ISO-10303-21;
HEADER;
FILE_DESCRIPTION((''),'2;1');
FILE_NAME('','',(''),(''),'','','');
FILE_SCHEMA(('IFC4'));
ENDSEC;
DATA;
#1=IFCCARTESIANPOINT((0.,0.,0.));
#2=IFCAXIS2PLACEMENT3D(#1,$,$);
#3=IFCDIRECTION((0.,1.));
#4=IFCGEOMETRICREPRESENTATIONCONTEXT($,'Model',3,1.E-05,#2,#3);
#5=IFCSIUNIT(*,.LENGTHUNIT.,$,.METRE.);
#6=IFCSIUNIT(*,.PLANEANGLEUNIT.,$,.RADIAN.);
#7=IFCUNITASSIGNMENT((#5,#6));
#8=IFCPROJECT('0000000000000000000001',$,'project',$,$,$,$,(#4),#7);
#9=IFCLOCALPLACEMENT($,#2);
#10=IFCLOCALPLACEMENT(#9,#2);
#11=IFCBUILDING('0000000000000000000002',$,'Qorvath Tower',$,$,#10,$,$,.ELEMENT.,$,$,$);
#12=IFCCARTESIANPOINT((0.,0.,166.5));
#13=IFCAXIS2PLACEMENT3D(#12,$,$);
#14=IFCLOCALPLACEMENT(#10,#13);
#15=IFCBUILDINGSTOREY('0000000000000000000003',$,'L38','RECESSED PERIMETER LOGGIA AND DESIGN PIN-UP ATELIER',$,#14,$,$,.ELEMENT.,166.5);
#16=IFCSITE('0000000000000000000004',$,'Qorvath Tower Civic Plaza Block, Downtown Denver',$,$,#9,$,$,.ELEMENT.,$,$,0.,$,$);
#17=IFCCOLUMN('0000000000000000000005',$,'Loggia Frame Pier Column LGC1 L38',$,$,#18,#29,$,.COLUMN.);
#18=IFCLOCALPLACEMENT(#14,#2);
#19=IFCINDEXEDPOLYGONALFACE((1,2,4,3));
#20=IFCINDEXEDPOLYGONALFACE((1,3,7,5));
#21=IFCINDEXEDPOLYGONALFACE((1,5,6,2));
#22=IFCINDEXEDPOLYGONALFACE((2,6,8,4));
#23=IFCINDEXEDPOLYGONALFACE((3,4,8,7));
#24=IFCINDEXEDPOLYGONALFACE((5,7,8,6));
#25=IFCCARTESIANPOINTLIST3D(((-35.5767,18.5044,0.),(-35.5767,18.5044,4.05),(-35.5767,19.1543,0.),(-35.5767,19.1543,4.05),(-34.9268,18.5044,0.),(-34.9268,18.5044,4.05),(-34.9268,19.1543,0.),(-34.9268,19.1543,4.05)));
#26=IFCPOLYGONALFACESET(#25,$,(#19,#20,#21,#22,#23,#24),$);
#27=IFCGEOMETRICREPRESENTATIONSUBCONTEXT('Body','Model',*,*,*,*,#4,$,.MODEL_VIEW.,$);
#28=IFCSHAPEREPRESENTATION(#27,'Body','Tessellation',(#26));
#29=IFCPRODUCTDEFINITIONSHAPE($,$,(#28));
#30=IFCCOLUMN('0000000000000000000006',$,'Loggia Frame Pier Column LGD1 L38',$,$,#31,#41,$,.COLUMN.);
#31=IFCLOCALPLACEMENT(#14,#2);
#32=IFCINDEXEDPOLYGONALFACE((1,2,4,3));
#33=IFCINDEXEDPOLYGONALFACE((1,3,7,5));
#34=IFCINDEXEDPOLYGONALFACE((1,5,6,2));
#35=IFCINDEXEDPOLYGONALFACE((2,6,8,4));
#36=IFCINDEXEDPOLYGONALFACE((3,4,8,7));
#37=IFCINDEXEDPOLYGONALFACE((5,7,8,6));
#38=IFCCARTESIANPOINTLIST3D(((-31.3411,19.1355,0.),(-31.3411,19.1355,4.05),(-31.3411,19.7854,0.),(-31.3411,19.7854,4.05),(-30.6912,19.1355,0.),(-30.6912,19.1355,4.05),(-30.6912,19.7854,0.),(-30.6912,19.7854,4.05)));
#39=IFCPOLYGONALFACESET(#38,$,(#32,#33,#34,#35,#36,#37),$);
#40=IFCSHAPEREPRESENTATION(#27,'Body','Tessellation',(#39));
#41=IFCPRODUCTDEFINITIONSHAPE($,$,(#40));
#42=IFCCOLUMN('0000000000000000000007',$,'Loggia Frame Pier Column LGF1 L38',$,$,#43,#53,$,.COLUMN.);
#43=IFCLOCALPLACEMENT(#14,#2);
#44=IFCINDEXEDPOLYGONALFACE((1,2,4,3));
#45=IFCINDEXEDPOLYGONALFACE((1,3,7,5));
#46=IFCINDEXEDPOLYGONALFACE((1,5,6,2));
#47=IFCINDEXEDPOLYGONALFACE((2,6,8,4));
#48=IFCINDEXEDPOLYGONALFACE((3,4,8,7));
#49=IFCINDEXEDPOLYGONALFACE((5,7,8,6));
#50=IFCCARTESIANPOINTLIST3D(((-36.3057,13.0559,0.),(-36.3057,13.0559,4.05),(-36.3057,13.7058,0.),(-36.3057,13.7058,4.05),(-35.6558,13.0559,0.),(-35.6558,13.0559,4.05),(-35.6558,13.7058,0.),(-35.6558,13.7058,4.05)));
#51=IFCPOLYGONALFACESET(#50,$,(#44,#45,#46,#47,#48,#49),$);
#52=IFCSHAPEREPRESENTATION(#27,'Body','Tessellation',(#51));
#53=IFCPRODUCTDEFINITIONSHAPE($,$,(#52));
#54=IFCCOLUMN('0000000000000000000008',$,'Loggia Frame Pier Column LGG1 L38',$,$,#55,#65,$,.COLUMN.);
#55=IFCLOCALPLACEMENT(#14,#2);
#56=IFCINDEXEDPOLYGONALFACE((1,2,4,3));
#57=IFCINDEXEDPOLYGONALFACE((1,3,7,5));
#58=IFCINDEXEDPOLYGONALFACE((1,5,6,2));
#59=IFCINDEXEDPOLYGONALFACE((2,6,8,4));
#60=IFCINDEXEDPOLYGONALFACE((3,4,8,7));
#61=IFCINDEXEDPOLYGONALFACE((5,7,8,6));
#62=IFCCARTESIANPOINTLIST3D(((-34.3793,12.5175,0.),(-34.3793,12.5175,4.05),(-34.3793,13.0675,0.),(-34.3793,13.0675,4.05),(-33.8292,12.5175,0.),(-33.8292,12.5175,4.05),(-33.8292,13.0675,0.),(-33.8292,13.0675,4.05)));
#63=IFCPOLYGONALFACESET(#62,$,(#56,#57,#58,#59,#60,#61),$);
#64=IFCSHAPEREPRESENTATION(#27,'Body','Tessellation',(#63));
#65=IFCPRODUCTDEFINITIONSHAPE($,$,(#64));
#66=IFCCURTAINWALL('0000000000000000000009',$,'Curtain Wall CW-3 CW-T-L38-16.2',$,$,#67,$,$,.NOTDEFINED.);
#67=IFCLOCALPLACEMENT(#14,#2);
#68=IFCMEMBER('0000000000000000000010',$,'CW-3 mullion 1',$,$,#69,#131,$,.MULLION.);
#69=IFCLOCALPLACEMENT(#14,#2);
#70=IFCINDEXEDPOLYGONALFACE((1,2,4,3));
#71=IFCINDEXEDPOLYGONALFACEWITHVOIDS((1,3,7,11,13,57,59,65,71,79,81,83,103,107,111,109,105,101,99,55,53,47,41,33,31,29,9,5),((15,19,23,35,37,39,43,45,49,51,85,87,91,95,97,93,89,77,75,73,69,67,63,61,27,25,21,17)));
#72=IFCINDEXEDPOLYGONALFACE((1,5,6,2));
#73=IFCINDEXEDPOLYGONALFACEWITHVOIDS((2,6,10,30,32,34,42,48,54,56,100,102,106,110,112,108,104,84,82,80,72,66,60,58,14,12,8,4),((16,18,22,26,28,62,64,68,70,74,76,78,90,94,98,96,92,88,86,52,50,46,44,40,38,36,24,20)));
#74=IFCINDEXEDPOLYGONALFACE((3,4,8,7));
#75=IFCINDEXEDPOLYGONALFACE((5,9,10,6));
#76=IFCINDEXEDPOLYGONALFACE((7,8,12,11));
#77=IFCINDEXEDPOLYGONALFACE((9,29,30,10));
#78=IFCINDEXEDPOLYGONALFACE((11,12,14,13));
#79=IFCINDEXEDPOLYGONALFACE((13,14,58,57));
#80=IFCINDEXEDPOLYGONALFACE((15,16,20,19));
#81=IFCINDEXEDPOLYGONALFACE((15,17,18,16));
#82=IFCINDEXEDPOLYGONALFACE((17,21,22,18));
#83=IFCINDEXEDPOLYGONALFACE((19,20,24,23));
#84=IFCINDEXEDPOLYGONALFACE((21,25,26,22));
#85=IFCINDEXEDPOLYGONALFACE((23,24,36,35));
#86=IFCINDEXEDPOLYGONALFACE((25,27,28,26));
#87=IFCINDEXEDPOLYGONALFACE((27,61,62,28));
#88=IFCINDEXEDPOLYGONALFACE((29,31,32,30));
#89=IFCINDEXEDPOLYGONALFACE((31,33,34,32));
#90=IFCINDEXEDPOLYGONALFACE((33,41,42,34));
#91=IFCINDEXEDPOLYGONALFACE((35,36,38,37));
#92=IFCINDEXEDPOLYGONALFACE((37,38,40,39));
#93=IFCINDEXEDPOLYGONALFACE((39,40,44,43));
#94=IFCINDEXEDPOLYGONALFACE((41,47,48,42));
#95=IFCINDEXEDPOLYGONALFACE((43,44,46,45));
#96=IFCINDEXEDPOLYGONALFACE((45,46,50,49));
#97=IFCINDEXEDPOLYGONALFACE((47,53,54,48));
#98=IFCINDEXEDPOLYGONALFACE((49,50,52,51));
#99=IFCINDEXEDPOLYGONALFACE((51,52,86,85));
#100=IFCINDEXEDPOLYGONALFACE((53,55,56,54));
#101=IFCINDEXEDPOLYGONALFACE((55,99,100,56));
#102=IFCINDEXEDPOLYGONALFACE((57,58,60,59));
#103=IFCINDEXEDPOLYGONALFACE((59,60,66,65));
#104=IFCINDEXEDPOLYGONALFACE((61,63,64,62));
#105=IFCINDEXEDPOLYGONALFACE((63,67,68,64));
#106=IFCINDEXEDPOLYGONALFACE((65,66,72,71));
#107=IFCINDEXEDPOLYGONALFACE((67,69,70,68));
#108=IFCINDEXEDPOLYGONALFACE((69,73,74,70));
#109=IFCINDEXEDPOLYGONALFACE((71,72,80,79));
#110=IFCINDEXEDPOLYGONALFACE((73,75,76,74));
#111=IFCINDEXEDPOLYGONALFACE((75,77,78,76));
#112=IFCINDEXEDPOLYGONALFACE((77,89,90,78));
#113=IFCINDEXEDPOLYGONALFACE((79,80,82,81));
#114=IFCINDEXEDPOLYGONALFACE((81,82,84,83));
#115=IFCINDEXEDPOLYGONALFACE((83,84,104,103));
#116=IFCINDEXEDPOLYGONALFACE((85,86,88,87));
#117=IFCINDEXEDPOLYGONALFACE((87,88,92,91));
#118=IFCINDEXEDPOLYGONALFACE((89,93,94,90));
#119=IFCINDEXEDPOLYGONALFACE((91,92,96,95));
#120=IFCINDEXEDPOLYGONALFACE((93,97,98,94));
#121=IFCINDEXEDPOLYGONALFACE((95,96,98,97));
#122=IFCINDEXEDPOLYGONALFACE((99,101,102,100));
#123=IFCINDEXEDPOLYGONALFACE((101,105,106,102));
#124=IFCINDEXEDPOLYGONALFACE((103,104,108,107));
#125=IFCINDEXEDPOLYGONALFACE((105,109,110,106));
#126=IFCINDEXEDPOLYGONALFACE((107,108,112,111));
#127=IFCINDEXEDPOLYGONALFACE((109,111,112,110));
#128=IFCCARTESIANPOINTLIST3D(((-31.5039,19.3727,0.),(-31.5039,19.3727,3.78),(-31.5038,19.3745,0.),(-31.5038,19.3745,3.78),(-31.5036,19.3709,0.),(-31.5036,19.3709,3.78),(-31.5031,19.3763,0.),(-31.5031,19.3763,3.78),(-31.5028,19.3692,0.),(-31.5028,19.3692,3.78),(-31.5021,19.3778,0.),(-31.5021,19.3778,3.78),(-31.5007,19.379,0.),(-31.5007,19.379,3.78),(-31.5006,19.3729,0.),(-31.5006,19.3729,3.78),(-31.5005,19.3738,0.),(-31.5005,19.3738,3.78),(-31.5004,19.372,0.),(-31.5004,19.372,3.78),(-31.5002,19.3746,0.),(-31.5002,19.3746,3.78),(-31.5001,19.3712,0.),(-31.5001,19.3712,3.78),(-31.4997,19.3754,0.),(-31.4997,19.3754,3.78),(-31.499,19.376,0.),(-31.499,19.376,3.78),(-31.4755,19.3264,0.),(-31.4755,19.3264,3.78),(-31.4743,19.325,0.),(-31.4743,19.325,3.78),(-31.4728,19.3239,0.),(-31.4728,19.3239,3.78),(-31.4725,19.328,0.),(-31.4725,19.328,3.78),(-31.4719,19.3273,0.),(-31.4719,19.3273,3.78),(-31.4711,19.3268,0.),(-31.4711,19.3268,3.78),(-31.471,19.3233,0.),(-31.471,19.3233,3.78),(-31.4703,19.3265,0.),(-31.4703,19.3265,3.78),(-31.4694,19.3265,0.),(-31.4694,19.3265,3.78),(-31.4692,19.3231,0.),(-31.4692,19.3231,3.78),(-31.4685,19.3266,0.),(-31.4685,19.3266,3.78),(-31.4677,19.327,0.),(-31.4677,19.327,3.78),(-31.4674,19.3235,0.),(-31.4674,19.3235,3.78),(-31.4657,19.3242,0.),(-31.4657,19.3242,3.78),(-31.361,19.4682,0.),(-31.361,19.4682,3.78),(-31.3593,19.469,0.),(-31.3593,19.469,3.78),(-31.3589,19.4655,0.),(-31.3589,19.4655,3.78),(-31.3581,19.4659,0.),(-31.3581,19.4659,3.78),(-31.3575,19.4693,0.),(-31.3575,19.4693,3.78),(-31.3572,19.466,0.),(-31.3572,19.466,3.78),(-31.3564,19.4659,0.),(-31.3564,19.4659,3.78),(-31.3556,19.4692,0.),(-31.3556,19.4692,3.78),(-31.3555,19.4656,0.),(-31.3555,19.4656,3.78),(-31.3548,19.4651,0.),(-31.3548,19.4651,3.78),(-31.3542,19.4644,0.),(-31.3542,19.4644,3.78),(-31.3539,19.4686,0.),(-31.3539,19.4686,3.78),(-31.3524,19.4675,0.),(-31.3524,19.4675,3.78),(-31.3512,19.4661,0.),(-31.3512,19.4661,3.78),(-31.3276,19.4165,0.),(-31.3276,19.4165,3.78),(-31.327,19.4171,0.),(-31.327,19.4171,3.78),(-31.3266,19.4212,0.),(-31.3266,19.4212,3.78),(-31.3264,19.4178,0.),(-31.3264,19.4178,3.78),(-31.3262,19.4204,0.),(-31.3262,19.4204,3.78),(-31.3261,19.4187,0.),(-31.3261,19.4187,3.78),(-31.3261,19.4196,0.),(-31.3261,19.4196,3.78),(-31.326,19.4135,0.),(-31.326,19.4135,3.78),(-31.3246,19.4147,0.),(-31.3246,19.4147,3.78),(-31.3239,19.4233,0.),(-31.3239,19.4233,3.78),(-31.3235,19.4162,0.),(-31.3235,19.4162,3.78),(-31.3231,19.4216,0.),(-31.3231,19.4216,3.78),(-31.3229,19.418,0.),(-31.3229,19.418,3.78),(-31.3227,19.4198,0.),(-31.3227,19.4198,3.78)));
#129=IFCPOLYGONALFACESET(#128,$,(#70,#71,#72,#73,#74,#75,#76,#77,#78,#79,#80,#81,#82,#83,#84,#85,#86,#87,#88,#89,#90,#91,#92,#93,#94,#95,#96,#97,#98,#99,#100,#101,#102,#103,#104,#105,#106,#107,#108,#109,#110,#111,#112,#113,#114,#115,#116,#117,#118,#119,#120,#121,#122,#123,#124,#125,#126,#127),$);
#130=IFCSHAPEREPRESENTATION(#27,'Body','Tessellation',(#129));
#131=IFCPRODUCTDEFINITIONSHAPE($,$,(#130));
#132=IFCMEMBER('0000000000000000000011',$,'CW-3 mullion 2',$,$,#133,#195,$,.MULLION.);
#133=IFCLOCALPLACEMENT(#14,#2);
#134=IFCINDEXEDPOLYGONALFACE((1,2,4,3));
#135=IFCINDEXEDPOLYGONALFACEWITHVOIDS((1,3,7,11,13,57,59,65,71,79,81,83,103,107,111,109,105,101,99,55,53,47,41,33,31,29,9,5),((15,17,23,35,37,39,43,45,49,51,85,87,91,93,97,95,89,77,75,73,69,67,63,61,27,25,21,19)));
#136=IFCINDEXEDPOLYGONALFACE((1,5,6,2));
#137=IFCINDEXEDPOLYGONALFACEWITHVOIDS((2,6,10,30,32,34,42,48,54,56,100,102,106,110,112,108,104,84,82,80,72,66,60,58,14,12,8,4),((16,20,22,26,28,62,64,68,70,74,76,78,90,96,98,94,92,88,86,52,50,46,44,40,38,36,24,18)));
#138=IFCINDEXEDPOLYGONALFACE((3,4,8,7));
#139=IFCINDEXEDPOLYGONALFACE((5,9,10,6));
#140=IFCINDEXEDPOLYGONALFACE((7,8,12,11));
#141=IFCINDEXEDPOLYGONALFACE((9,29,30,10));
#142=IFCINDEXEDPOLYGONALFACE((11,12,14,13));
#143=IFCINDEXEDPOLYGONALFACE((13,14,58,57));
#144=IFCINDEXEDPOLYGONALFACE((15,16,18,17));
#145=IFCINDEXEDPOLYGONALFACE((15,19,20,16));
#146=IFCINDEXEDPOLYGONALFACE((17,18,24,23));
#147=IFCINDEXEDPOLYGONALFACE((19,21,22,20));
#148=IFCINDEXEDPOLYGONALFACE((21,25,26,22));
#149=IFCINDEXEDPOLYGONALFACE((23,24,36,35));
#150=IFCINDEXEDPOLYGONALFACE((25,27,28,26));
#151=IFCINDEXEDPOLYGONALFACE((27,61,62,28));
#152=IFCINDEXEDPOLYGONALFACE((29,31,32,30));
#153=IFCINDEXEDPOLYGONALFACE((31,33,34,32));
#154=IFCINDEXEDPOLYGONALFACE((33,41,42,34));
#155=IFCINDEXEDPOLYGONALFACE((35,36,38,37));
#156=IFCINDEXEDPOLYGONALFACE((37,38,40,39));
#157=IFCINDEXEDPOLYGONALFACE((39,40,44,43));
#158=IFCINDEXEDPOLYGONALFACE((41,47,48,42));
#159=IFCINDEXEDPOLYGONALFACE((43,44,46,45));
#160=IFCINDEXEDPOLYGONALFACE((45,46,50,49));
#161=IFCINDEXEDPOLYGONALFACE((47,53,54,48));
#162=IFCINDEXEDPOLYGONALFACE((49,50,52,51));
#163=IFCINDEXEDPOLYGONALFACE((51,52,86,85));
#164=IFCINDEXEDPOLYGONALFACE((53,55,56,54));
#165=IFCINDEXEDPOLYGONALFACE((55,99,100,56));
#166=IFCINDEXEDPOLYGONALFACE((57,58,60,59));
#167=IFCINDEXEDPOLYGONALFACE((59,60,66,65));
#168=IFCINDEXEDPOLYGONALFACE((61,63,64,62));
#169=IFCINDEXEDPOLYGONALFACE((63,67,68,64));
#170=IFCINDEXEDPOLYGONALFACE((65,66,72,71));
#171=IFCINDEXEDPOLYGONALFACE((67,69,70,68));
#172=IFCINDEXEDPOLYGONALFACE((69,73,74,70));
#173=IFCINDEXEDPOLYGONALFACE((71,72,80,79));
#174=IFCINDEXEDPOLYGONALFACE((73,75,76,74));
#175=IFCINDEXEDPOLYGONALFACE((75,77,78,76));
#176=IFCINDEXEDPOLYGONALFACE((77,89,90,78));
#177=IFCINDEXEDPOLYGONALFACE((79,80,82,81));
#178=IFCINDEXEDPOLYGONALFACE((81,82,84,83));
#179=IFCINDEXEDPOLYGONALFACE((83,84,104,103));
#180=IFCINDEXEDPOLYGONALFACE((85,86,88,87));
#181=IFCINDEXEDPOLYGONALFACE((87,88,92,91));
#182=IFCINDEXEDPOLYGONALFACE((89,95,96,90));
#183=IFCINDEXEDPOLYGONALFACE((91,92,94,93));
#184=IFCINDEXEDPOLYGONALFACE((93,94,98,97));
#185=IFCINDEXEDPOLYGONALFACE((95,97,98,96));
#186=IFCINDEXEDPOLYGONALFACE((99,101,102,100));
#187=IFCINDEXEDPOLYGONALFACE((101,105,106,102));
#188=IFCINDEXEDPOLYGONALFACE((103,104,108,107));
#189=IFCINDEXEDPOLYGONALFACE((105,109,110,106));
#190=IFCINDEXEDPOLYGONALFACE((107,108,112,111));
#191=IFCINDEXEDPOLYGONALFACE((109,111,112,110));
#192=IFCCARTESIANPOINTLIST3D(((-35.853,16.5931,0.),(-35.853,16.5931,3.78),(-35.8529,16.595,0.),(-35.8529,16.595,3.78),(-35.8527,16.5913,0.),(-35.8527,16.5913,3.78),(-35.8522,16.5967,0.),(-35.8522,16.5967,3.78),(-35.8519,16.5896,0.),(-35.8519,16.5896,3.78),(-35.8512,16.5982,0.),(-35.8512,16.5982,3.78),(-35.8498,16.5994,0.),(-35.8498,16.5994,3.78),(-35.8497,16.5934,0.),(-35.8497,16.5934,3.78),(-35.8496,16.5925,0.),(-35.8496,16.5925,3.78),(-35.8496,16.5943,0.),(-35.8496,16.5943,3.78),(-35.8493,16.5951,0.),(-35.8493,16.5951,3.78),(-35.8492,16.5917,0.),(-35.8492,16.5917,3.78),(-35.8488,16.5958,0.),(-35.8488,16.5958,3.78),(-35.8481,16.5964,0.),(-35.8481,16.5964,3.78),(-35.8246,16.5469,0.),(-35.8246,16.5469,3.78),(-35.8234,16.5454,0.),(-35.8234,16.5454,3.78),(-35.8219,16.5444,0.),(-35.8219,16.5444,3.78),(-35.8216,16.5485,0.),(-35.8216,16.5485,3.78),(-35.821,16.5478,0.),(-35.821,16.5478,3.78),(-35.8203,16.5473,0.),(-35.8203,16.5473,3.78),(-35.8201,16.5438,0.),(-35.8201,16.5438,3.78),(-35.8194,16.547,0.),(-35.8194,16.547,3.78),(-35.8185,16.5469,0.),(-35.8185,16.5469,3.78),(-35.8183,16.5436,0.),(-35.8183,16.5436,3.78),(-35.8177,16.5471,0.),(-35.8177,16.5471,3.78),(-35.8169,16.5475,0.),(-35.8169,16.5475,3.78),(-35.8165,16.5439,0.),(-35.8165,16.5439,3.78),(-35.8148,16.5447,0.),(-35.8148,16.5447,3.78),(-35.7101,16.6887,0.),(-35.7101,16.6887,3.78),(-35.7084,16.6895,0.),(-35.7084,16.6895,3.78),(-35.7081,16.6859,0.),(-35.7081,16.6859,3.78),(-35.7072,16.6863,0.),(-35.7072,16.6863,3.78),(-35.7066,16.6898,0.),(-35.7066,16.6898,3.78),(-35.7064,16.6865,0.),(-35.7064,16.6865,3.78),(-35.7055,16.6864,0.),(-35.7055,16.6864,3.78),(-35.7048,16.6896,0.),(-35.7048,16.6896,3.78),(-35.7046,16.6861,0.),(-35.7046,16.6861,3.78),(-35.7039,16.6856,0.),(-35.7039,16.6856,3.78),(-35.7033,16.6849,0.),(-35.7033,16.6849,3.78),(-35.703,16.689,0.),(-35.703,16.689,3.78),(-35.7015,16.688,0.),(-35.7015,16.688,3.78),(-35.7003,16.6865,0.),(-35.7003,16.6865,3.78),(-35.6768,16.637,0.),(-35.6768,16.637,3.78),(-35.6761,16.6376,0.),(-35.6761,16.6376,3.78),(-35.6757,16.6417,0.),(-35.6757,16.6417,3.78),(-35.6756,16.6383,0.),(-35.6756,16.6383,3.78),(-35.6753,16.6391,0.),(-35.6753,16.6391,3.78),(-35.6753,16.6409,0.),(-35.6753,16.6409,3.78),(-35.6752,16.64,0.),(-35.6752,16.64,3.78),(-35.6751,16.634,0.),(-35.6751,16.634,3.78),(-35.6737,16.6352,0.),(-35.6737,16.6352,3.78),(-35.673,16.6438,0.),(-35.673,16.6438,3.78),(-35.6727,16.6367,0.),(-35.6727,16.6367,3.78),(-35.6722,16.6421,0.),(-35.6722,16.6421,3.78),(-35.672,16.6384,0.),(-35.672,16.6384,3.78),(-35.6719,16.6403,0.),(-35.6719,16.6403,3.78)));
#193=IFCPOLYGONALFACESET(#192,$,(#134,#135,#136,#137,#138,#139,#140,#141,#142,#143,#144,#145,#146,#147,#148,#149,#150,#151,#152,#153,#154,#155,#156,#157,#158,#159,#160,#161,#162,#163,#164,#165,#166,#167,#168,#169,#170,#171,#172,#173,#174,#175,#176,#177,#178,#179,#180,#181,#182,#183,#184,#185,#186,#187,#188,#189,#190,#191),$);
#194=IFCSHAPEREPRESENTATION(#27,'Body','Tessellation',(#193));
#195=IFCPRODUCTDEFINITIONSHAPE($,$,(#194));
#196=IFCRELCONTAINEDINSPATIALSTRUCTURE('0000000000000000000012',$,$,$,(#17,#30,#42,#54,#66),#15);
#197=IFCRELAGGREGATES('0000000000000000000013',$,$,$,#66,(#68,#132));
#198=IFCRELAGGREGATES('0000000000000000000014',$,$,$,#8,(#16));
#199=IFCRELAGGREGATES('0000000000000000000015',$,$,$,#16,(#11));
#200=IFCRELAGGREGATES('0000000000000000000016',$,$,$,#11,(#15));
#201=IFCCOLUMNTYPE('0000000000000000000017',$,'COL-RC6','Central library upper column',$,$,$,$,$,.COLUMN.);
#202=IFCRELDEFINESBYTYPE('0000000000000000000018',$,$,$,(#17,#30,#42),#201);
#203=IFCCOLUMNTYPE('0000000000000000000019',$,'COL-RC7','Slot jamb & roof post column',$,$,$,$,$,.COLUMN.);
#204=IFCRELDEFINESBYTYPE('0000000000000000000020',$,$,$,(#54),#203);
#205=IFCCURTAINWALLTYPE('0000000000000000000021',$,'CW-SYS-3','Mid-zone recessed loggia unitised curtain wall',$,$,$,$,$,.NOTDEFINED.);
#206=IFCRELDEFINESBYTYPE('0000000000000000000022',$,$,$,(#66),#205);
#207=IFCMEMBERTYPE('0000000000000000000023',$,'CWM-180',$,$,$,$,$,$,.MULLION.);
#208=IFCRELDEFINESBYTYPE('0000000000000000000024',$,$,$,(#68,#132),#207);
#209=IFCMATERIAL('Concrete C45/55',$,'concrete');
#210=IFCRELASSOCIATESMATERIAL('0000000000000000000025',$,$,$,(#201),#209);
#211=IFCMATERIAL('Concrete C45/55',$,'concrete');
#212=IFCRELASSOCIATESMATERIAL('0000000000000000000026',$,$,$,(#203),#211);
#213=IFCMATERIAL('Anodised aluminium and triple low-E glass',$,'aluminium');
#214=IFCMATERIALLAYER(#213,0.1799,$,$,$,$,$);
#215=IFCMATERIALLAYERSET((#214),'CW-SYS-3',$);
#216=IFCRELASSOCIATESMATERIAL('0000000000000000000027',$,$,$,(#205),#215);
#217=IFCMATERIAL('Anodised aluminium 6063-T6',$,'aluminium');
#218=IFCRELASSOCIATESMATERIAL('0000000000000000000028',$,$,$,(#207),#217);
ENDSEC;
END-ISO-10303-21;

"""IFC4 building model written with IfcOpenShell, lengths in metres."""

from ifc_helpers import new_model, si_unit, direction, frame, origin, origin_2d, place, context, subcontext, project, spatial, rectangle, hollow_rectangle, extrude, material, layer, layer_set, material_profile, profile_set, type_object, element, aggregate, save


model = new_model("IFC4")

# Units and contexts
model_context = context("Model", 3, precision=1e-05, world=origin(), true_north=direction((0.0, 1.0)))
body_context = subcontext(model_context, "Body", "Model", "MODEL_VIEW")
ifc_project = project(units=[si_unit("LENGTHUNIT", "METRE"), si_unit("PLANEANGLEUNIT", "RADIAN")], contexts=[model_context])

# Site, building, storey
site_placement = place(None, origin())
site = spatial("IfcSite", under=ifc_project, at=site_placement, Name="Qorvath Tower Civic Plaza Block, Downtown Denver", CompositionType="ELEMENT", RefElevation=0.0)
building_placement = place(site_placement, origin())
building = spatial("IfcBuilding", under=site, at=building_placement, Name="Qorvath Tower", CompositionType="ELEMENT")
storey_placement = place(building_placement, frame((0.0, 0.0, 166.5)))
storey = spatial("IfcBuildingStorey", under=building, at=storey_placement, Name="L38", Description="RECESSED PERIMETER LOGGIA AND DESIGN PIN-UP ATELIER", CompositionType="ELEMENT", Elevation=166.5)

# Columns
ifc_material_1 = material(Name="Concrete C45/55", Category="concrete")
ifc_material_profile_1 = material_profile(ifc_material_1, rectangle(XDim=0.6499, YDim=0.6499, at=origin_2d()), Name="RC 650x650")
ifc_profile_set_1 = profile_set([ifc_material_profile_1], Name="Concrete C45/55")
column_type_1 = type_object("IfcColumnType", Name="COL-RC6", Description="Central library upper column", PredefinedType="COLUMN", material=ifc_profile_set_1)
for number, where, z_axis, x_axis, name in (
    (1, (-35.2517, 18.8293, 0.0), (0.0, 0.0, 1.0), (1.0, 0.0, 0.0), "Loggia Frame Pier Column LGC1 L38"),
    (2, (-31.0161, 19.4604, 0.0), (0.0, 0.0, 1.0), (1.0, 0.0, 0.0), "Loggia Frame Pier Column LGD1 L38"),
    (3, (-35.9807, 13.3809, 0.0), (0.0, 0.0, 1.0), (1.0, 0.0, 0.0), "Loggia Frame Pier Column LGF1 L38"),
):
    element("IfcColumn", number, at=place(storey_placement, frame(where, z_axis=z_axis, x_axis=x_axis)), inside=storey, type_object=column_type_1, Name=name, PredefinedType="COLUMN", context=body_context, shape_type="SweptSolid", body=[
        extrude(rectangle(XDim=0.6499, YDim=0.6499, at=origin_2d()), origin(), (0.0, 0.0, 1.0), 4.05),
    ])
ifc_material_2 = material(Name="Concrete C45/55", Category="concrete")
ifc_material_profile_2 = material_profile(ifc_material_2, rectangle(XDim=0.55, YDim=0.55, at=origin_2d()), Name="RC 550x550")
ifc_profile_set_2 = profile_set([ifc_material_profile_2], Name="Concrete C45/55")
column_type_2 = type_object("IfcColumnType", Name="COL-RC7", Description="Slot jamb & roof post column", PredefinedType="COLUMN", material=ifc_profile_set_2)
column_placement = place(storey_placement, frame((-34.1042, 12.7925, 0.0), z_axis=(0.0, 0.0, 1.0), x_axis=(1.0, 0.0, 0.0)))
element("IfcColumn", 4, at=column_placement, inside=storey, type_object=column_type_2, Name="Loggia Frame Pier Column LGG1 L38", PredefinedType="COLUMN", context=body_context, shape_type="SweptSolid", body=[
    extrude(rectangle(XDim=0.55, YDim=0.55, at=origin_2d()), origin(), (0.0, 0.0, 1.0), 4.05),
])

# Curtain wall, members
ifc_material_3 = material(Name="Anodised aluminium and triple low-E glass", Category="aluminium")
ifc_layer_1 = layer(ifc_material_3, 0.1799)
ifc_layer_set_1 = layer_set([ifc_layer_1], Name="CW-SYS-3")
curtain_wall_type = type_object("IfcCurtainWallType", Name="CW-SYS-3", Description="Mid-zone recessed loggia unitised curtain wall", PredefinedType="NOTDEFINED", material=ifc_layer_set_1)
curtain_wall_placement = place(storey_placement, origin())
curtain_wall = element("IfcCurtainWall", 5, at=curtain_wall_placement, inside=storey, type_object=curtain_wall_type, Name="Curtain Wall CW-3 CW-T-L38-16.2", PredefinedType="NOTDEFINED")
ifc_material_4 = material(Name="Anodised aluminium 6063-T6", Category="aluminium")
ifc_material_profile_3 = material_profile(ifc_material_4, hollow_rectangle(XDim=0.0649, YDim=0.1799, WallThickness=0.0034, InnerFilletRadius=0.0034, OuterFilletRadius=0.0071, at=origin_2d()), Name="CWM 180x65")
ifc_profile_set_3 = profile_set([ifc_material_profile_3], Name="Anodised aluminium 6063-T6")
member_type_1 = type_object("IfcMemberType", Name="CWM-180", PredefinedType="MULLION", material=ifc_profile_set_3)
member_1_placement = place(storey_placement, frame((-31.4133, 19.3962, 0.0), z_axis=(0.0, 0.0, 1.0), x_axis=(0.538537, -0.842602, 0.0)))
member_1 = element("IfcMember", 6, at=member_1_placement, type_object=member_type_1, Name="CW-3 mullion 1", PredefinedType="MULLION", context=body_context, shape_type="SweptSolid", body=[
    extrude(hollow_rectangle(XDim=0.0649, YDim=0.1799, WallThickness=0.0034, InnerFilletRadius=0.0034, OuterFilletRadius=0.0071, at=origin_2d()), origin(), (0.0, 0.0, 1.0), 3.78),
])
member_2_placement = place(storey_placement, frame((-35.7625, 16.6167, 0.0), z_axis=(0.0, 0.0, 1.0), x_axis=(0.538537, -0.842602, 0.0)))
member_2 = element("IfcMember", 7, at=member_2_placement, type_object=member_type_1, Name="CW-3 mullion 2", PredefinedType="MULLION", context=body_context, shape_type="SweptSolid", body=[
    extrude(hollow_rectangle(XDim=0.0649, YDim=0.1799, WallThickness=0.0034, InnerFilletRadius=0.0034, OuterFilletRadius=0.0071, at=origin_2d()), origin(), (0.0, 0.0, 1.0), 3.78),
])
aggregate(curtain_wall, [member_1, member_2])

save(model, "model.ifc")
